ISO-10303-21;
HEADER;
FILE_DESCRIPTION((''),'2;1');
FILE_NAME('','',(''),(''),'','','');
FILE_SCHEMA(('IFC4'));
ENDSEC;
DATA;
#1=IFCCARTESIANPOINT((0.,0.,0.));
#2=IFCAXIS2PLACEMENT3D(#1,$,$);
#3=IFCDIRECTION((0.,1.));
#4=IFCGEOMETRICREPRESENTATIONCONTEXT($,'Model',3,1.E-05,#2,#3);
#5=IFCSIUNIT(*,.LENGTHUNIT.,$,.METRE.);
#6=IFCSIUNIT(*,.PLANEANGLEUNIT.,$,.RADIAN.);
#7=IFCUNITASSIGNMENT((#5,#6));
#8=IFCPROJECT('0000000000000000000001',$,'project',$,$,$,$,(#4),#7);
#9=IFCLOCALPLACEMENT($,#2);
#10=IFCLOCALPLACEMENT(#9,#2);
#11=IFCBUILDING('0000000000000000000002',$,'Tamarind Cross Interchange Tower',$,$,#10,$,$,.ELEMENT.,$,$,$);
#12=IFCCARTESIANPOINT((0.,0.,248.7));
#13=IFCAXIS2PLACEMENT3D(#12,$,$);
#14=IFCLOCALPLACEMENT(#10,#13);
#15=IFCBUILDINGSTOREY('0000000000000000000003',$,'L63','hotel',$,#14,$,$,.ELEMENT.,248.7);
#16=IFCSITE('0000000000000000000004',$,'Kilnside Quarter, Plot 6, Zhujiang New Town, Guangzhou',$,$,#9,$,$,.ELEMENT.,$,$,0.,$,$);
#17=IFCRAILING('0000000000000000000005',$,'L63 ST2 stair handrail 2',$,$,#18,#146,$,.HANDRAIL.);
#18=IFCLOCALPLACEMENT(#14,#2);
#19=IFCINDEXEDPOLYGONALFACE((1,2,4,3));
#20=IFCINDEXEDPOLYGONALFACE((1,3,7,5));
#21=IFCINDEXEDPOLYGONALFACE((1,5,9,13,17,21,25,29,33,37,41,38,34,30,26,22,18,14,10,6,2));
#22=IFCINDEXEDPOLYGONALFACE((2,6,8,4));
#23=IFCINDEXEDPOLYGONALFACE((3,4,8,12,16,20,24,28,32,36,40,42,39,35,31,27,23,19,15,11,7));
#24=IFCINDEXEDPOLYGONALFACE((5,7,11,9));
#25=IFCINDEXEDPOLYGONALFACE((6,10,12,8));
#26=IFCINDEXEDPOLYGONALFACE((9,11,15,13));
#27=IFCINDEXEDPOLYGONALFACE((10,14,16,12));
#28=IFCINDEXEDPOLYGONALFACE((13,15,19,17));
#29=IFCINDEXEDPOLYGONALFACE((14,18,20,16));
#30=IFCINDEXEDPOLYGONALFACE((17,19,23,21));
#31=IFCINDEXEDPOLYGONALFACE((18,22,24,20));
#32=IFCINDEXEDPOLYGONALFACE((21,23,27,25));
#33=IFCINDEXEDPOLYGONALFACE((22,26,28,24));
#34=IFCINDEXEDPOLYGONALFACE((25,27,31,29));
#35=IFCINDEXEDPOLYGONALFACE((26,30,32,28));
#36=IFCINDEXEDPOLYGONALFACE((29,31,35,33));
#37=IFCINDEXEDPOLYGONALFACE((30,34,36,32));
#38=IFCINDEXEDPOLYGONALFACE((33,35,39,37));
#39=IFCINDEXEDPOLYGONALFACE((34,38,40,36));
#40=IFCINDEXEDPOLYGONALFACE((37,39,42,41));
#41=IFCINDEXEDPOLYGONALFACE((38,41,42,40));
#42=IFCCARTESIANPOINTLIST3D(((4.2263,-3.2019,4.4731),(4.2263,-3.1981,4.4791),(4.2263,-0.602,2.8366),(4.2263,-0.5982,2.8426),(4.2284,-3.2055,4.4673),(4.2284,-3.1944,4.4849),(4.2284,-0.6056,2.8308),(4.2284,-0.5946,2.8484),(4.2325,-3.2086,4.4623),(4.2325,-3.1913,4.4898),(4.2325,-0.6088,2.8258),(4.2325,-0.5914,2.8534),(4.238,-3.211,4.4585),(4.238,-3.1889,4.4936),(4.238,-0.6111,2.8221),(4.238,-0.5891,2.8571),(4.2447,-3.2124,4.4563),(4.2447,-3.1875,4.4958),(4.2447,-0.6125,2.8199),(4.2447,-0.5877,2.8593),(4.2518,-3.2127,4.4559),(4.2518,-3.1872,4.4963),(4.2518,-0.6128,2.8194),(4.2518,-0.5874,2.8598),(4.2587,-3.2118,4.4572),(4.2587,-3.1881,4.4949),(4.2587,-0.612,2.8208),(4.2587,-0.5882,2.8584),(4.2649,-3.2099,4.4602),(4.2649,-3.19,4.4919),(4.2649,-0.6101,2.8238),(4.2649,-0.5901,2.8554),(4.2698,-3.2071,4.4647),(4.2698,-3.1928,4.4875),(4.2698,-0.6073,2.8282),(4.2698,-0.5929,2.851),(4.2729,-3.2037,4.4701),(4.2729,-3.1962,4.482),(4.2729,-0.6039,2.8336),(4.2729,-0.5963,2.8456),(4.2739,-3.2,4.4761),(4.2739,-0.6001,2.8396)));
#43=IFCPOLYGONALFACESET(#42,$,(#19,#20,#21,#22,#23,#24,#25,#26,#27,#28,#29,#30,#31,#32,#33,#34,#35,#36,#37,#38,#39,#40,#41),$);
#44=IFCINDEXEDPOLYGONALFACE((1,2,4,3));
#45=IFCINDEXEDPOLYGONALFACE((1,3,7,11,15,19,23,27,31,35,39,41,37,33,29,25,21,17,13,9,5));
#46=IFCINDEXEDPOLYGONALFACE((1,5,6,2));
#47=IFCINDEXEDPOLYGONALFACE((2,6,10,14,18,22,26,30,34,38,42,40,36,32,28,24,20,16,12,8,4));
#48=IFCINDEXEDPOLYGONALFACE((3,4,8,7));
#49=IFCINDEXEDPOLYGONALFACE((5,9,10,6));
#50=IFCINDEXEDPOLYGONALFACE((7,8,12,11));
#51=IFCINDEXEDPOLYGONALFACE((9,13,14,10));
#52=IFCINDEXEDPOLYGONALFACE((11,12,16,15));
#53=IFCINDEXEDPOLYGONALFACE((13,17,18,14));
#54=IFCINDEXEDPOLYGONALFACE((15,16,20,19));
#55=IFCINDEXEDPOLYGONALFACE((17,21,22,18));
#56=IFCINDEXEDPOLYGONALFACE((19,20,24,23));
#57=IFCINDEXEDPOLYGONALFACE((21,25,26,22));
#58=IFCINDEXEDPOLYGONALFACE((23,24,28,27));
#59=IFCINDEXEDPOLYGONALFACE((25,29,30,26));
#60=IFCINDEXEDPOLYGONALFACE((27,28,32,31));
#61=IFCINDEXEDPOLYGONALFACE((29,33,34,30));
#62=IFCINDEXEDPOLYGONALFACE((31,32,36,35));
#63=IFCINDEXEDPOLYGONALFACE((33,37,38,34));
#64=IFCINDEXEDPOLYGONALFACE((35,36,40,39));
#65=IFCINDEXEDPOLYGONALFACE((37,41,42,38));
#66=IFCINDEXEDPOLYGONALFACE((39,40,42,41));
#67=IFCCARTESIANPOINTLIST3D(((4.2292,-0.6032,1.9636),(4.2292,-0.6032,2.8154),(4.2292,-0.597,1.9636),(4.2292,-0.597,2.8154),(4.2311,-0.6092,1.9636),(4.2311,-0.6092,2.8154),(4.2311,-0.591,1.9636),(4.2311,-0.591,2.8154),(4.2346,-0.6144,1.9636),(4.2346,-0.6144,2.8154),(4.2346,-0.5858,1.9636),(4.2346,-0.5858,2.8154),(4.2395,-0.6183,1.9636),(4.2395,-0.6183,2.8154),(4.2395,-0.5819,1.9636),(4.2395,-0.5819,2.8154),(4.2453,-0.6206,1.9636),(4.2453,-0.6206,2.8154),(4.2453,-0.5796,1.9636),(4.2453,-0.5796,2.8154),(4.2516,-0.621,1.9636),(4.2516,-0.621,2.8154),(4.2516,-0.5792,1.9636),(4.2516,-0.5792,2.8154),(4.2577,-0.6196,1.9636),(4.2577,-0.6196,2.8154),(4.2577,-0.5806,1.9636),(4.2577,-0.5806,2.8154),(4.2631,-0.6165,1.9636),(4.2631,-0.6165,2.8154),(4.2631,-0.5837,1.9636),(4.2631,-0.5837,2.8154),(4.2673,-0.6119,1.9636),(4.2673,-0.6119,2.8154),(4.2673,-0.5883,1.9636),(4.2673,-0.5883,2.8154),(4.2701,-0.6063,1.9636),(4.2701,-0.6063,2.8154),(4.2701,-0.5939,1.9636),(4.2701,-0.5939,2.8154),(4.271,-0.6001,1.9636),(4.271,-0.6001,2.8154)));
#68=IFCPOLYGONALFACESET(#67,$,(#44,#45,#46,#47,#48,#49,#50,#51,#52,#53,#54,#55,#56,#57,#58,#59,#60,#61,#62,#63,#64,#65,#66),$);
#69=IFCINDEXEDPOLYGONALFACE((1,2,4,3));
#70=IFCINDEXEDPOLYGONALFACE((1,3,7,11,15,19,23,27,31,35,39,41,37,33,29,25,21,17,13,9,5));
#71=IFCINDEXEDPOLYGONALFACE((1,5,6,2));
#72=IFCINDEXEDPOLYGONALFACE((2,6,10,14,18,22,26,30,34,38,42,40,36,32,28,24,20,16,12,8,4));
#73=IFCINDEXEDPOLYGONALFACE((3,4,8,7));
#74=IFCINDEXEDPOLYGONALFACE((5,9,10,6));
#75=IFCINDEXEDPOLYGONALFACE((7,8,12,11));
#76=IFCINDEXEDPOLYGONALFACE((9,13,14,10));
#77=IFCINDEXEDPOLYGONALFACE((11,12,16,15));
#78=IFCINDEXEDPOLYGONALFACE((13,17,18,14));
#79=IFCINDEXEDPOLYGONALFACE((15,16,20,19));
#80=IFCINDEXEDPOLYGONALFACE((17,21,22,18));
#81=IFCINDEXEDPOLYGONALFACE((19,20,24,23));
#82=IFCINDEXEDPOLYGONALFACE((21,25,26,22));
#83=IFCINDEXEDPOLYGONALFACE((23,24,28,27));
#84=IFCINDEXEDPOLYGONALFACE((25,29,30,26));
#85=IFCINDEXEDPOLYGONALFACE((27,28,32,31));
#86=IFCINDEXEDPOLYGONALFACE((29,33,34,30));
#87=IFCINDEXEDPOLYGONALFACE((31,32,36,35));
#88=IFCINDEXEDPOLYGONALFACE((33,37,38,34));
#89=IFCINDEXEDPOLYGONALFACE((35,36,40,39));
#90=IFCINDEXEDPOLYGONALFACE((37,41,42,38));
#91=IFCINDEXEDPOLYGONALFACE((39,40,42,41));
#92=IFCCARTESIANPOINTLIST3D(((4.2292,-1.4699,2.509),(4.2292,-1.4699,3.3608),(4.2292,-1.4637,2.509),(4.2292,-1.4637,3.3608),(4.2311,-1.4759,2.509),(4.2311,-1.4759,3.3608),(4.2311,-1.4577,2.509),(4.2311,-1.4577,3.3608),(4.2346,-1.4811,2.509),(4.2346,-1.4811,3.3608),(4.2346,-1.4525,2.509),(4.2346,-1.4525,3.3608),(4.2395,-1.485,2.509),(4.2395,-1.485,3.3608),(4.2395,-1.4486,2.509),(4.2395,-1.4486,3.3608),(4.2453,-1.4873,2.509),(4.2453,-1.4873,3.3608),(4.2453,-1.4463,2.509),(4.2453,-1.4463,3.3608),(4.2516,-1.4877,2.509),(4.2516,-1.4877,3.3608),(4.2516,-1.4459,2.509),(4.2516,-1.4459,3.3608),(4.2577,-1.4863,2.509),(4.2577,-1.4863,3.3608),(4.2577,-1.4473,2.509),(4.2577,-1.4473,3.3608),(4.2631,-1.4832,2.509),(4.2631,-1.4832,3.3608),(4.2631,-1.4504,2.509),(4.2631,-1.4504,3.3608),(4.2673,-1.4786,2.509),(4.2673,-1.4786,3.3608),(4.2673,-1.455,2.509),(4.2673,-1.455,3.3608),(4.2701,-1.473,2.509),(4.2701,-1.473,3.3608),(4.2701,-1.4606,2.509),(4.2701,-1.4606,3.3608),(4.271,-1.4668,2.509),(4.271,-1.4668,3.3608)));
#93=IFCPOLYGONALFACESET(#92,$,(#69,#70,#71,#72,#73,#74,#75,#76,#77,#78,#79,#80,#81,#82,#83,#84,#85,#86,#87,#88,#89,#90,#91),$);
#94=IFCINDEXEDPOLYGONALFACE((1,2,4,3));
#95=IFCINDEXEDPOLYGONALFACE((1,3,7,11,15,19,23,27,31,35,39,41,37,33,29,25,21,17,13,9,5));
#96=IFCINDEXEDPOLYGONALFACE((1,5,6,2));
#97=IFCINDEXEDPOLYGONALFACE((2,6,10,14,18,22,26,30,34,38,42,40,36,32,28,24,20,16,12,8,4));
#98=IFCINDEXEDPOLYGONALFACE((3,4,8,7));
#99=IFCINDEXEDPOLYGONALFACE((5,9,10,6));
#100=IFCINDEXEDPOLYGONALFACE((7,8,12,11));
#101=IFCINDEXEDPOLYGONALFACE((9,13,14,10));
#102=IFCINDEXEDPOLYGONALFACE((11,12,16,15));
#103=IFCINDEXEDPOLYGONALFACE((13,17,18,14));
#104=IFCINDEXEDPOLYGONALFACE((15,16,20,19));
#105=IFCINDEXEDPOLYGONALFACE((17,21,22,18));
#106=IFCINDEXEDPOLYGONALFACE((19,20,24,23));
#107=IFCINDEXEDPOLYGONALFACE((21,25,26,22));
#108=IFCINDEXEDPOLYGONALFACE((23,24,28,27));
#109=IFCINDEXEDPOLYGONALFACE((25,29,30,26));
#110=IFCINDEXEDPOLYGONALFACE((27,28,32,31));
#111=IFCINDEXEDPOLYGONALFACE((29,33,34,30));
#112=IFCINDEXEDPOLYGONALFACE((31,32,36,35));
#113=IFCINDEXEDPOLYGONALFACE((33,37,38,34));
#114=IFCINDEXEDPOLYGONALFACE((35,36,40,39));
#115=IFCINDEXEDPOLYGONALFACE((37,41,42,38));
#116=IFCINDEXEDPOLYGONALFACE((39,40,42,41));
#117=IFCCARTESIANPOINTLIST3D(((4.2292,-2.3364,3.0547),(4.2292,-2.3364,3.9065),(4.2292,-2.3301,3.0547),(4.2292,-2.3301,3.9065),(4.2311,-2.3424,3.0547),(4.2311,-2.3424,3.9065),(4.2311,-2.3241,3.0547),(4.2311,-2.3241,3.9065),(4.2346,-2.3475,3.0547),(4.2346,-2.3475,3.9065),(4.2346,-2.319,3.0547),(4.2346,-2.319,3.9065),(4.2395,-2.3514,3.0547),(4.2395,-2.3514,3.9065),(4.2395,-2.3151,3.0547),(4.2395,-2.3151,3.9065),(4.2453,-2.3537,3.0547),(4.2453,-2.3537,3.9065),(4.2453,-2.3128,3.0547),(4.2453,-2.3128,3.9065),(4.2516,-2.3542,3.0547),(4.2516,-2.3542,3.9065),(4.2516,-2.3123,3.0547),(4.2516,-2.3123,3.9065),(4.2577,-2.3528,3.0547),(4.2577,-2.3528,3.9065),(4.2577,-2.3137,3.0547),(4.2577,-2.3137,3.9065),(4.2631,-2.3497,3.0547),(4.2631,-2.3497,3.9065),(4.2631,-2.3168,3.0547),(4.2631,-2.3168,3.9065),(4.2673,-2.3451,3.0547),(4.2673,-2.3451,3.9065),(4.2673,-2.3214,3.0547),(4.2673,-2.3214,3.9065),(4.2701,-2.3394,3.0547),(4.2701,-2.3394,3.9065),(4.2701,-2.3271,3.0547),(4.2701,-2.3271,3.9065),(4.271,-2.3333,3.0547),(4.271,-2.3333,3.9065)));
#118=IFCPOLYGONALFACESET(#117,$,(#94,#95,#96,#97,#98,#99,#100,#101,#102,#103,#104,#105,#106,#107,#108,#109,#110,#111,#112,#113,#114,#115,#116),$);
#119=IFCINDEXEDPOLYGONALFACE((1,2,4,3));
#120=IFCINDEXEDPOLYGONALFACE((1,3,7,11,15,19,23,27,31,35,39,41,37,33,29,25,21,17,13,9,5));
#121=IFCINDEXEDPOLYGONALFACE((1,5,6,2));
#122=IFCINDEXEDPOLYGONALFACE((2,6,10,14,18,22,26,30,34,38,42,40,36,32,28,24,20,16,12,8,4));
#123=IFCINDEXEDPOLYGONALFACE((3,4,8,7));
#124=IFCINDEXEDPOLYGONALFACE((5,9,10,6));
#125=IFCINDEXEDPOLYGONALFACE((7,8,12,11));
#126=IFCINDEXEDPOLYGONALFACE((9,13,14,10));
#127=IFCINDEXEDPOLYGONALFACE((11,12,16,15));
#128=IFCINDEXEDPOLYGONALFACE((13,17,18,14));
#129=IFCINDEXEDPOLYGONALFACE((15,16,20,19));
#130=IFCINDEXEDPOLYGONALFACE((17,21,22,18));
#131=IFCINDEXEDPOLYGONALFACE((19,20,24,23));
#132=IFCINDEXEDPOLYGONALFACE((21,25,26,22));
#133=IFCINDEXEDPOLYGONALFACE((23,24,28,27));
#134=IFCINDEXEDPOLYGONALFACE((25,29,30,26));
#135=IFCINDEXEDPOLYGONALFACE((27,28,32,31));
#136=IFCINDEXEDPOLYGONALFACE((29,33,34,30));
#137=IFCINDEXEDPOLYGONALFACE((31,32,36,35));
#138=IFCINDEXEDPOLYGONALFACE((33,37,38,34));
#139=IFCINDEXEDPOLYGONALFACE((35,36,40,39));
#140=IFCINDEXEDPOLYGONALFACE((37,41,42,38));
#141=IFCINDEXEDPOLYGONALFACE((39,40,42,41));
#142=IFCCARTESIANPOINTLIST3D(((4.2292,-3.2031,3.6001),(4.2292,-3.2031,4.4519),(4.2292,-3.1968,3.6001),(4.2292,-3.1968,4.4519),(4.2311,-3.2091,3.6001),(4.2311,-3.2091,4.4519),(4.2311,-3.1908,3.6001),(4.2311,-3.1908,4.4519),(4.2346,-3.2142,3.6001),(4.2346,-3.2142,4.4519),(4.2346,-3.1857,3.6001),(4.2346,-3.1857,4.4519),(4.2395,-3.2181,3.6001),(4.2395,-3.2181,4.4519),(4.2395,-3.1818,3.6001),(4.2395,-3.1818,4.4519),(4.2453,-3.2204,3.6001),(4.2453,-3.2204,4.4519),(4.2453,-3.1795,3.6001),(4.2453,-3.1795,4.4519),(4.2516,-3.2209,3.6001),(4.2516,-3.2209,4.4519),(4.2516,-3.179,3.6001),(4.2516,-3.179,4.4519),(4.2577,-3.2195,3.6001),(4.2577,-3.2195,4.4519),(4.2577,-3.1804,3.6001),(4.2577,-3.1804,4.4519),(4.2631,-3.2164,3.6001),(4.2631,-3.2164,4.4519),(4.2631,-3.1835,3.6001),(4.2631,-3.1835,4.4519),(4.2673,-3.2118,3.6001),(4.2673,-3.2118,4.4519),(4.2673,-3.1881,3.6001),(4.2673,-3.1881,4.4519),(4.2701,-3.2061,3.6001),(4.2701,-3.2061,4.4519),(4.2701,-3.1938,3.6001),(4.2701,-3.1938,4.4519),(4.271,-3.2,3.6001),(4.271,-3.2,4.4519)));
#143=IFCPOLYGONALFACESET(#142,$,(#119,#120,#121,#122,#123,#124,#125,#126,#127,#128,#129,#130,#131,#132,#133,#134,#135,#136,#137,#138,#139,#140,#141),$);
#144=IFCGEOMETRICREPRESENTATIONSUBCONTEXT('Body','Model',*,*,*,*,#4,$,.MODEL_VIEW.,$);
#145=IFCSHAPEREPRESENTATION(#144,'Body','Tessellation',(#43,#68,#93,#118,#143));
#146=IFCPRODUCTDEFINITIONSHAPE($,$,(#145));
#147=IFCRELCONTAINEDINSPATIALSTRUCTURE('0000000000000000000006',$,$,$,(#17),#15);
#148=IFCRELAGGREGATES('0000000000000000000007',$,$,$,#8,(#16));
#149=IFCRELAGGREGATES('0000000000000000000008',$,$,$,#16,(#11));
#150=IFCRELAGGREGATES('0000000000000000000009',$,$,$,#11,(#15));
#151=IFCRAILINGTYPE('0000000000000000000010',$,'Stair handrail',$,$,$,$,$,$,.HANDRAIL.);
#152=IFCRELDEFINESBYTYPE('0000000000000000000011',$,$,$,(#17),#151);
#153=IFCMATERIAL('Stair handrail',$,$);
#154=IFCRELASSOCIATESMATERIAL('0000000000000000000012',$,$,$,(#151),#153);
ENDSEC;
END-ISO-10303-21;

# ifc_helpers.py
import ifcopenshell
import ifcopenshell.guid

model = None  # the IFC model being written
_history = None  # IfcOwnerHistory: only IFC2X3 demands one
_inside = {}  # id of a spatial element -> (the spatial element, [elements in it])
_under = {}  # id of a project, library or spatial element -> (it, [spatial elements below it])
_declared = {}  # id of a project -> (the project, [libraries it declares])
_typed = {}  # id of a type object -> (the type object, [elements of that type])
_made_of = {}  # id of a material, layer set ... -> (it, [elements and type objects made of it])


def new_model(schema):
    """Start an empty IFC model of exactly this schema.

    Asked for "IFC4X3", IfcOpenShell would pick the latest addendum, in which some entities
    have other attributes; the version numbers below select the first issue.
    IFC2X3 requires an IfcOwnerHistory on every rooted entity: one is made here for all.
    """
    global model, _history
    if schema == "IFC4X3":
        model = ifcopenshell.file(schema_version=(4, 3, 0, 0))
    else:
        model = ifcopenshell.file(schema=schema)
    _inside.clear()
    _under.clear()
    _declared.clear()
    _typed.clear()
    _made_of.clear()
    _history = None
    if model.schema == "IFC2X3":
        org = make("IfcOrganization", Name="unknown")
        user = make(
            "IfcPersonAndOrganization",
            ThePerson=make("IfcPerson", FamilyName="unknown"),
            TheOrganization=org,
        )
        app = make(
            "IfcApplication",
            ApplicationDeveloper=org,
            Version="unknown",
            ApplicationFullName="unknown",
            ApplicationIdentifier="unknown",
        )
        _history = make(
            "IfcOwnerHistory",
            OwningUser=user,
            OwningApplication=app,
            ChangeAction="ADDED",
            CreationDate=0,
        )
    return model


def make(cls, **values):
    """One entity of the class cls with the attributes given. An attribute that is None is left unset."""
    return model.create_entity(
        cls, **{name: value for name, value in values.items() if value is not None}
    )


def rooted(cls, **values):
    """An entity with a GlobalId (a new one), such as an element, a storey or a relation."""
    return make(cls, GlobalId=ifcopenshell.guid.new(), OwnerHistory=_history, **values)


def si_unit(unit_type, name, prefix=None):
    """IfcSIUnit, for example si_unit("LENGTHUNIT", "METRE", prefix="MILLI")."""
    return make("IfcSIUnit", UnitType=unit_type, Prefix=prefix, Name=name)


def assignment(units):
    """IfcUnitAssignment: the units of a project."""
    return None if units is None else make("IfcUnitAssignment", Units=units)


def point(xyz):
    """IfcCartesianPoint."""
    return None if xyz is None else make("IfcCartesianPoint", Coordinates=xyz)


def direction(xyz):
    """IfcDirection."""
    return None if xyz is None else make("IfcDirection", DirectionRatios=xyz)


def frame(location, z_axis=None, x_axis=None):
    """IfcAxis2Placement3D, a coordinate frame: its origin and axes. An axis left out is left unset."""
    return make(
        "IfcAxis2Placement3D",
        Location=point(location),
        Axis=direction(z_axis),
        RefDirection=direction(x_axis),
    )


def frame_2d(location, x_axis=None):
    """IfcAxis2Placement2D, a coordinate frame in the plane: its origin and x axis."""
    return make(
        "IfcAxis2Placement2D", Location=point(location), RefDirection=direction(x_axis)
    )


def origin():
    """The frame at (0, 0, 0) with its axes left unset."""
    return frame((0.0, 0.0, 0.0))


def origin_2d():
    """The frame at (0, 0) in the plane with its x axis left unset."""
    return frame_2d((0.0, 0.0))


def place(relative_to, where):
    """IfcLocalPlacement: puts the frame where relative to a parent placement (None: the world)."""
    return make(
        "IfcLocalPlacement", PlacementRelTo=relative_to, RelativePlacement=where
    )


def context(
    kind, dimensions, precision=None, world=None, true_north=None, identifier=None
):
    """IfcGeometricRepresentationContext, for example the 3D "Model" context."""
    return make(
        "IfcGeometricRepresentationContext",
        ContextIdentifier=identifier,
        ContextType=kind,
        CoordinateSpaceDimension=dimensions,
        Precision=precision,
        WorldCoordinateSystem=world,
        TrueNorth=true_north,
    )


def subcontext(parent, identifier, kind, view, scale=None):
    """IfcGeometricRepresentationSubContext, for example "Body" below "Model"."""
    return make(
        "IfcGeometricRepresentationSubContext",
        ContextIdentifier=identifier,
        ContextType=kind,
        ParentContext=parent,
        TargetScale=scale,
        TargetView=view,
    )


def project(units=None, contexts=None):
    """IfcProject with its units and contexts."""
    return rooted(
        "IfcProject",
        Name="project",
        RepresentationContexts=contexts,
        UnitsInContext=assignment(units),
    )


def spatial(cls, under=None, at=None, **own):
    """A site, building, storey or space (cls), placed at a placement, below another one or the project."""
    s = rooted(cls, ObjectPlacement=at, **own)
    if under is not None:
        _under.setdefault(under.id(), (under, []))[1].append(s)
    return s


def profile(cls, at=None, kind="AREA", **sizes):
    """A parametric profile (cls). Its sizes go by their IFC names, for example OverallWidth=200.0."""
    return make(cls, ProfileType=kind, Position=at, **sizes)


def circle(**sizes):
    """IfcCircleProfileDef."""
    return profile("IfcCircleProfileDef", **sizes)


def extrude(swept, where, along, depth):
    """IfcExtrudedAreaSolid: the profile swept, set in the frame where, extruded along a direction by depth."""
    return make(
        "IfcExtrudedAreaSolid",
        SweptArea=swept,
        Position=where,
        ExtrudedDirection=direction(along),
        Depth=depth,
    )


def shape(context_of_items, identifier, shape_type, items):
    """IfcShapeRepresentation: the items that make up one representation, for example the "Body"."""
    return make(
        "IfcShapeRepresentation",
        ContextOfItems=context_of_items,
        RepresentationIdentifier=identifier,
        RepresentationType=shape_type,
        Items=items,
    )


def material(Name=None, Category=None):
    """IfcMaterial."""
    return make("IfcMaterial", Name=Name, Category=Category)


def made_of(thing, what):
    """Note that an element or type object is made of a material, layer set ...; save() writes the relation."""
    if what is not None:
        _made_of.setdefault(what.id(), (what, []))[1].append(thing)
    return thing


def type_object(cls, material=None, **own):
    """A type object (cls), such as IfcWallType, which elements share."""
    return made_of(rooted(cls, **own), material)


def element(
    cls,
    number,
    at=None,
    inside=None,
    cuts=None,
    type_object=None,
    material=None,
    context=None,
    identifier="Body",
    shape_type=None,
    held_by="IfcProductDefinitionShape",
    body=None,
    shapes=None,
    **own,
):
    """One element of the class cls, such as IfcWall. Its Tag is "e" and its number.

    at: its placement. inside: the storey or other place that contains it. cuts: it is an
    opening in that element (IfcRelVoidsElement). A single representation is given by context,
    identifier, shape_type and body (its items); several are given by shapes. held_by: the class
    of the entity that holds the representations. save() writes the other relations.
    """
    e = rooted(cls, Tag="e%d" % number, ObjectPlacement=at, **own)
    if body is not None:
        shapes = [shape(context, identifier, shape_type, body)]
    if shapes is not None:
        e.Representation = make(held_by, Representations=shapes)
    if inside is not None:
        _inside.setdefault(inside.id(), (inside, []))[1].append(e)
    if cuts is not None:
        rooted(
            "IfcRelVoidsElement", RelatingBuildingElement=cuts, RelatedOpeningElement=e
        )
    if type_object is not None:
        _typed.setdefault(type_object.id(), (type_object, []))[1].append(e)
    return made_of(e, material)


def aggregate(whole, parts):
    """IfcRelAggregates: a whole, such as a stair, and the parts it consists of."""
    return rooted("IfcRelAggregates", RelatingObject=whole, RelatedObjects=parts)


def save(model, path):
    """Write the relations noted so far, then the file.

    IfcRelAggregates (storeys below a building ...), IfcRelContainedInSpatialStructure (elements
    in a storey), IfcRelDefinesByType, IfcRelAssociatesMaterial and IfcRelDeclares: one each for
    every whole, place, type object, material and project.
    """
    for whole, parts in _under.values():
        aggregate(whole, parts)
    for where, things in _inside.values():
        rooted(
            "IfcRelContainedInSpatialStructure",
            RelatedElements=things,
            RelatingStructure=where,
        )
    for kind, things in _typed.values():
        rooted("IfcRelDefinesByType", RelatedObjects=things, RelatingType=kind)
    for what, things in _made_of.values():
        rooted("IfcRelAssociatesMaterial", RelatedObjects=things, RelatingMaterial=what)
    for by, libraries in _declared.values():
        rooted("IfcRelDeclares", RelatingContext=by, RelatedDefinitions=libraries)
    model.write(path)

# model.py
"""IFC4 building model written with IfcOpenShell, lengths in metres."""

from ifc_helpers import new_model, si_unit, direction, frame, origin, origin_2d, place, context, subcontext, project, spatial, circle, extrude, material, type_object, element, save


model = new_model("IFC4")

# Units and contexts
model_context = context("Model", 3, precision=1e-05, world=origin(), true_north=direction((0.0, 1.0)))
body_context = subcontext(model_context, "Body", "Model", "MODEL_VIEW")
ifc_project = project(units=[si_unit("LENGTHUNIT", "METRE"), si_unit("PLANEANGLEUNIT", "RADIAN")], contexts=[model_context])

# Site, building, storey
site_placement = place(None, origin())
site = spatial("IfcSite", under=ifc_project, at=site_placement, Name="Kilnside Quarter, Plot 6, Zhujiang New Town, Guangzhou", CompositionType="ELEMENT", RefElevation=0.0)
building_placement = place(site_placement, origin())
building = spatial("IfcBuilding", under=site, at=building_placement, Name="Tamarind Cross Interchange Tower", CompositionType="ELEMENT")
storey_placement = place(building_placement, frame((0.0, 0.0, 248.7)))
storey = spatial("IfcBuildingStorey", under=building, at=storey_placement, Name="L63", Description="hotel", CompositionType="ELEMENT", Elevation=248.7)

# Railing
ifc_material_1 = material(Name="Stair handrail")
railing_type_1 = type_object("IfcRailingType", Name="Stair handrail", PredefinedType="HANDRAIL", material=ifc_material_1)
railing_1_placement = place(storey_placement, frame((4.25, -0.6001, 1.9636)))
element("IfcRailing", 1, at=railing_1_placement, inside=storey, type_object=railing_type_1, Name="L63 ST2 stair handrail 2", PredefinedType="HANDRAIL", context=body_context, shape_type="SweptSolid", body=[
    extrude(circle(Radius=0.0239, at=origin_2d()), frame((0.0, 0.0, 0.876), z_axis=(0.0, -0.846302, 0.532704), x_axis=(1.0, 0.0, 0.0)), (0.0, 0.0, 1.0), 3.072),
    extrude(circle(Radius=0.021, at=origin_2d()), origin(), (0.0, 0.0, 1.0), 0.8518),
    extrude(circle(Radius=0.021, at=origin_2d()), frame((0.0, -0.8667, 0.5454)), (0.0, 0.0, 1.0), 0.8518),
    extrude(circle(Radius=0.021, at=origin_2d()), frame((0.0, -1.7332, 1.0911)), (0.0, 0.0, 1.0), 0.8518),
    extrude(circle(Radius=0.021, at=origin_2d()), frame((0.0, -2.5999, 1.6365)), (0.0, 0.0, 1.0), 0.8518),
])

save(model, "model.ifc")
